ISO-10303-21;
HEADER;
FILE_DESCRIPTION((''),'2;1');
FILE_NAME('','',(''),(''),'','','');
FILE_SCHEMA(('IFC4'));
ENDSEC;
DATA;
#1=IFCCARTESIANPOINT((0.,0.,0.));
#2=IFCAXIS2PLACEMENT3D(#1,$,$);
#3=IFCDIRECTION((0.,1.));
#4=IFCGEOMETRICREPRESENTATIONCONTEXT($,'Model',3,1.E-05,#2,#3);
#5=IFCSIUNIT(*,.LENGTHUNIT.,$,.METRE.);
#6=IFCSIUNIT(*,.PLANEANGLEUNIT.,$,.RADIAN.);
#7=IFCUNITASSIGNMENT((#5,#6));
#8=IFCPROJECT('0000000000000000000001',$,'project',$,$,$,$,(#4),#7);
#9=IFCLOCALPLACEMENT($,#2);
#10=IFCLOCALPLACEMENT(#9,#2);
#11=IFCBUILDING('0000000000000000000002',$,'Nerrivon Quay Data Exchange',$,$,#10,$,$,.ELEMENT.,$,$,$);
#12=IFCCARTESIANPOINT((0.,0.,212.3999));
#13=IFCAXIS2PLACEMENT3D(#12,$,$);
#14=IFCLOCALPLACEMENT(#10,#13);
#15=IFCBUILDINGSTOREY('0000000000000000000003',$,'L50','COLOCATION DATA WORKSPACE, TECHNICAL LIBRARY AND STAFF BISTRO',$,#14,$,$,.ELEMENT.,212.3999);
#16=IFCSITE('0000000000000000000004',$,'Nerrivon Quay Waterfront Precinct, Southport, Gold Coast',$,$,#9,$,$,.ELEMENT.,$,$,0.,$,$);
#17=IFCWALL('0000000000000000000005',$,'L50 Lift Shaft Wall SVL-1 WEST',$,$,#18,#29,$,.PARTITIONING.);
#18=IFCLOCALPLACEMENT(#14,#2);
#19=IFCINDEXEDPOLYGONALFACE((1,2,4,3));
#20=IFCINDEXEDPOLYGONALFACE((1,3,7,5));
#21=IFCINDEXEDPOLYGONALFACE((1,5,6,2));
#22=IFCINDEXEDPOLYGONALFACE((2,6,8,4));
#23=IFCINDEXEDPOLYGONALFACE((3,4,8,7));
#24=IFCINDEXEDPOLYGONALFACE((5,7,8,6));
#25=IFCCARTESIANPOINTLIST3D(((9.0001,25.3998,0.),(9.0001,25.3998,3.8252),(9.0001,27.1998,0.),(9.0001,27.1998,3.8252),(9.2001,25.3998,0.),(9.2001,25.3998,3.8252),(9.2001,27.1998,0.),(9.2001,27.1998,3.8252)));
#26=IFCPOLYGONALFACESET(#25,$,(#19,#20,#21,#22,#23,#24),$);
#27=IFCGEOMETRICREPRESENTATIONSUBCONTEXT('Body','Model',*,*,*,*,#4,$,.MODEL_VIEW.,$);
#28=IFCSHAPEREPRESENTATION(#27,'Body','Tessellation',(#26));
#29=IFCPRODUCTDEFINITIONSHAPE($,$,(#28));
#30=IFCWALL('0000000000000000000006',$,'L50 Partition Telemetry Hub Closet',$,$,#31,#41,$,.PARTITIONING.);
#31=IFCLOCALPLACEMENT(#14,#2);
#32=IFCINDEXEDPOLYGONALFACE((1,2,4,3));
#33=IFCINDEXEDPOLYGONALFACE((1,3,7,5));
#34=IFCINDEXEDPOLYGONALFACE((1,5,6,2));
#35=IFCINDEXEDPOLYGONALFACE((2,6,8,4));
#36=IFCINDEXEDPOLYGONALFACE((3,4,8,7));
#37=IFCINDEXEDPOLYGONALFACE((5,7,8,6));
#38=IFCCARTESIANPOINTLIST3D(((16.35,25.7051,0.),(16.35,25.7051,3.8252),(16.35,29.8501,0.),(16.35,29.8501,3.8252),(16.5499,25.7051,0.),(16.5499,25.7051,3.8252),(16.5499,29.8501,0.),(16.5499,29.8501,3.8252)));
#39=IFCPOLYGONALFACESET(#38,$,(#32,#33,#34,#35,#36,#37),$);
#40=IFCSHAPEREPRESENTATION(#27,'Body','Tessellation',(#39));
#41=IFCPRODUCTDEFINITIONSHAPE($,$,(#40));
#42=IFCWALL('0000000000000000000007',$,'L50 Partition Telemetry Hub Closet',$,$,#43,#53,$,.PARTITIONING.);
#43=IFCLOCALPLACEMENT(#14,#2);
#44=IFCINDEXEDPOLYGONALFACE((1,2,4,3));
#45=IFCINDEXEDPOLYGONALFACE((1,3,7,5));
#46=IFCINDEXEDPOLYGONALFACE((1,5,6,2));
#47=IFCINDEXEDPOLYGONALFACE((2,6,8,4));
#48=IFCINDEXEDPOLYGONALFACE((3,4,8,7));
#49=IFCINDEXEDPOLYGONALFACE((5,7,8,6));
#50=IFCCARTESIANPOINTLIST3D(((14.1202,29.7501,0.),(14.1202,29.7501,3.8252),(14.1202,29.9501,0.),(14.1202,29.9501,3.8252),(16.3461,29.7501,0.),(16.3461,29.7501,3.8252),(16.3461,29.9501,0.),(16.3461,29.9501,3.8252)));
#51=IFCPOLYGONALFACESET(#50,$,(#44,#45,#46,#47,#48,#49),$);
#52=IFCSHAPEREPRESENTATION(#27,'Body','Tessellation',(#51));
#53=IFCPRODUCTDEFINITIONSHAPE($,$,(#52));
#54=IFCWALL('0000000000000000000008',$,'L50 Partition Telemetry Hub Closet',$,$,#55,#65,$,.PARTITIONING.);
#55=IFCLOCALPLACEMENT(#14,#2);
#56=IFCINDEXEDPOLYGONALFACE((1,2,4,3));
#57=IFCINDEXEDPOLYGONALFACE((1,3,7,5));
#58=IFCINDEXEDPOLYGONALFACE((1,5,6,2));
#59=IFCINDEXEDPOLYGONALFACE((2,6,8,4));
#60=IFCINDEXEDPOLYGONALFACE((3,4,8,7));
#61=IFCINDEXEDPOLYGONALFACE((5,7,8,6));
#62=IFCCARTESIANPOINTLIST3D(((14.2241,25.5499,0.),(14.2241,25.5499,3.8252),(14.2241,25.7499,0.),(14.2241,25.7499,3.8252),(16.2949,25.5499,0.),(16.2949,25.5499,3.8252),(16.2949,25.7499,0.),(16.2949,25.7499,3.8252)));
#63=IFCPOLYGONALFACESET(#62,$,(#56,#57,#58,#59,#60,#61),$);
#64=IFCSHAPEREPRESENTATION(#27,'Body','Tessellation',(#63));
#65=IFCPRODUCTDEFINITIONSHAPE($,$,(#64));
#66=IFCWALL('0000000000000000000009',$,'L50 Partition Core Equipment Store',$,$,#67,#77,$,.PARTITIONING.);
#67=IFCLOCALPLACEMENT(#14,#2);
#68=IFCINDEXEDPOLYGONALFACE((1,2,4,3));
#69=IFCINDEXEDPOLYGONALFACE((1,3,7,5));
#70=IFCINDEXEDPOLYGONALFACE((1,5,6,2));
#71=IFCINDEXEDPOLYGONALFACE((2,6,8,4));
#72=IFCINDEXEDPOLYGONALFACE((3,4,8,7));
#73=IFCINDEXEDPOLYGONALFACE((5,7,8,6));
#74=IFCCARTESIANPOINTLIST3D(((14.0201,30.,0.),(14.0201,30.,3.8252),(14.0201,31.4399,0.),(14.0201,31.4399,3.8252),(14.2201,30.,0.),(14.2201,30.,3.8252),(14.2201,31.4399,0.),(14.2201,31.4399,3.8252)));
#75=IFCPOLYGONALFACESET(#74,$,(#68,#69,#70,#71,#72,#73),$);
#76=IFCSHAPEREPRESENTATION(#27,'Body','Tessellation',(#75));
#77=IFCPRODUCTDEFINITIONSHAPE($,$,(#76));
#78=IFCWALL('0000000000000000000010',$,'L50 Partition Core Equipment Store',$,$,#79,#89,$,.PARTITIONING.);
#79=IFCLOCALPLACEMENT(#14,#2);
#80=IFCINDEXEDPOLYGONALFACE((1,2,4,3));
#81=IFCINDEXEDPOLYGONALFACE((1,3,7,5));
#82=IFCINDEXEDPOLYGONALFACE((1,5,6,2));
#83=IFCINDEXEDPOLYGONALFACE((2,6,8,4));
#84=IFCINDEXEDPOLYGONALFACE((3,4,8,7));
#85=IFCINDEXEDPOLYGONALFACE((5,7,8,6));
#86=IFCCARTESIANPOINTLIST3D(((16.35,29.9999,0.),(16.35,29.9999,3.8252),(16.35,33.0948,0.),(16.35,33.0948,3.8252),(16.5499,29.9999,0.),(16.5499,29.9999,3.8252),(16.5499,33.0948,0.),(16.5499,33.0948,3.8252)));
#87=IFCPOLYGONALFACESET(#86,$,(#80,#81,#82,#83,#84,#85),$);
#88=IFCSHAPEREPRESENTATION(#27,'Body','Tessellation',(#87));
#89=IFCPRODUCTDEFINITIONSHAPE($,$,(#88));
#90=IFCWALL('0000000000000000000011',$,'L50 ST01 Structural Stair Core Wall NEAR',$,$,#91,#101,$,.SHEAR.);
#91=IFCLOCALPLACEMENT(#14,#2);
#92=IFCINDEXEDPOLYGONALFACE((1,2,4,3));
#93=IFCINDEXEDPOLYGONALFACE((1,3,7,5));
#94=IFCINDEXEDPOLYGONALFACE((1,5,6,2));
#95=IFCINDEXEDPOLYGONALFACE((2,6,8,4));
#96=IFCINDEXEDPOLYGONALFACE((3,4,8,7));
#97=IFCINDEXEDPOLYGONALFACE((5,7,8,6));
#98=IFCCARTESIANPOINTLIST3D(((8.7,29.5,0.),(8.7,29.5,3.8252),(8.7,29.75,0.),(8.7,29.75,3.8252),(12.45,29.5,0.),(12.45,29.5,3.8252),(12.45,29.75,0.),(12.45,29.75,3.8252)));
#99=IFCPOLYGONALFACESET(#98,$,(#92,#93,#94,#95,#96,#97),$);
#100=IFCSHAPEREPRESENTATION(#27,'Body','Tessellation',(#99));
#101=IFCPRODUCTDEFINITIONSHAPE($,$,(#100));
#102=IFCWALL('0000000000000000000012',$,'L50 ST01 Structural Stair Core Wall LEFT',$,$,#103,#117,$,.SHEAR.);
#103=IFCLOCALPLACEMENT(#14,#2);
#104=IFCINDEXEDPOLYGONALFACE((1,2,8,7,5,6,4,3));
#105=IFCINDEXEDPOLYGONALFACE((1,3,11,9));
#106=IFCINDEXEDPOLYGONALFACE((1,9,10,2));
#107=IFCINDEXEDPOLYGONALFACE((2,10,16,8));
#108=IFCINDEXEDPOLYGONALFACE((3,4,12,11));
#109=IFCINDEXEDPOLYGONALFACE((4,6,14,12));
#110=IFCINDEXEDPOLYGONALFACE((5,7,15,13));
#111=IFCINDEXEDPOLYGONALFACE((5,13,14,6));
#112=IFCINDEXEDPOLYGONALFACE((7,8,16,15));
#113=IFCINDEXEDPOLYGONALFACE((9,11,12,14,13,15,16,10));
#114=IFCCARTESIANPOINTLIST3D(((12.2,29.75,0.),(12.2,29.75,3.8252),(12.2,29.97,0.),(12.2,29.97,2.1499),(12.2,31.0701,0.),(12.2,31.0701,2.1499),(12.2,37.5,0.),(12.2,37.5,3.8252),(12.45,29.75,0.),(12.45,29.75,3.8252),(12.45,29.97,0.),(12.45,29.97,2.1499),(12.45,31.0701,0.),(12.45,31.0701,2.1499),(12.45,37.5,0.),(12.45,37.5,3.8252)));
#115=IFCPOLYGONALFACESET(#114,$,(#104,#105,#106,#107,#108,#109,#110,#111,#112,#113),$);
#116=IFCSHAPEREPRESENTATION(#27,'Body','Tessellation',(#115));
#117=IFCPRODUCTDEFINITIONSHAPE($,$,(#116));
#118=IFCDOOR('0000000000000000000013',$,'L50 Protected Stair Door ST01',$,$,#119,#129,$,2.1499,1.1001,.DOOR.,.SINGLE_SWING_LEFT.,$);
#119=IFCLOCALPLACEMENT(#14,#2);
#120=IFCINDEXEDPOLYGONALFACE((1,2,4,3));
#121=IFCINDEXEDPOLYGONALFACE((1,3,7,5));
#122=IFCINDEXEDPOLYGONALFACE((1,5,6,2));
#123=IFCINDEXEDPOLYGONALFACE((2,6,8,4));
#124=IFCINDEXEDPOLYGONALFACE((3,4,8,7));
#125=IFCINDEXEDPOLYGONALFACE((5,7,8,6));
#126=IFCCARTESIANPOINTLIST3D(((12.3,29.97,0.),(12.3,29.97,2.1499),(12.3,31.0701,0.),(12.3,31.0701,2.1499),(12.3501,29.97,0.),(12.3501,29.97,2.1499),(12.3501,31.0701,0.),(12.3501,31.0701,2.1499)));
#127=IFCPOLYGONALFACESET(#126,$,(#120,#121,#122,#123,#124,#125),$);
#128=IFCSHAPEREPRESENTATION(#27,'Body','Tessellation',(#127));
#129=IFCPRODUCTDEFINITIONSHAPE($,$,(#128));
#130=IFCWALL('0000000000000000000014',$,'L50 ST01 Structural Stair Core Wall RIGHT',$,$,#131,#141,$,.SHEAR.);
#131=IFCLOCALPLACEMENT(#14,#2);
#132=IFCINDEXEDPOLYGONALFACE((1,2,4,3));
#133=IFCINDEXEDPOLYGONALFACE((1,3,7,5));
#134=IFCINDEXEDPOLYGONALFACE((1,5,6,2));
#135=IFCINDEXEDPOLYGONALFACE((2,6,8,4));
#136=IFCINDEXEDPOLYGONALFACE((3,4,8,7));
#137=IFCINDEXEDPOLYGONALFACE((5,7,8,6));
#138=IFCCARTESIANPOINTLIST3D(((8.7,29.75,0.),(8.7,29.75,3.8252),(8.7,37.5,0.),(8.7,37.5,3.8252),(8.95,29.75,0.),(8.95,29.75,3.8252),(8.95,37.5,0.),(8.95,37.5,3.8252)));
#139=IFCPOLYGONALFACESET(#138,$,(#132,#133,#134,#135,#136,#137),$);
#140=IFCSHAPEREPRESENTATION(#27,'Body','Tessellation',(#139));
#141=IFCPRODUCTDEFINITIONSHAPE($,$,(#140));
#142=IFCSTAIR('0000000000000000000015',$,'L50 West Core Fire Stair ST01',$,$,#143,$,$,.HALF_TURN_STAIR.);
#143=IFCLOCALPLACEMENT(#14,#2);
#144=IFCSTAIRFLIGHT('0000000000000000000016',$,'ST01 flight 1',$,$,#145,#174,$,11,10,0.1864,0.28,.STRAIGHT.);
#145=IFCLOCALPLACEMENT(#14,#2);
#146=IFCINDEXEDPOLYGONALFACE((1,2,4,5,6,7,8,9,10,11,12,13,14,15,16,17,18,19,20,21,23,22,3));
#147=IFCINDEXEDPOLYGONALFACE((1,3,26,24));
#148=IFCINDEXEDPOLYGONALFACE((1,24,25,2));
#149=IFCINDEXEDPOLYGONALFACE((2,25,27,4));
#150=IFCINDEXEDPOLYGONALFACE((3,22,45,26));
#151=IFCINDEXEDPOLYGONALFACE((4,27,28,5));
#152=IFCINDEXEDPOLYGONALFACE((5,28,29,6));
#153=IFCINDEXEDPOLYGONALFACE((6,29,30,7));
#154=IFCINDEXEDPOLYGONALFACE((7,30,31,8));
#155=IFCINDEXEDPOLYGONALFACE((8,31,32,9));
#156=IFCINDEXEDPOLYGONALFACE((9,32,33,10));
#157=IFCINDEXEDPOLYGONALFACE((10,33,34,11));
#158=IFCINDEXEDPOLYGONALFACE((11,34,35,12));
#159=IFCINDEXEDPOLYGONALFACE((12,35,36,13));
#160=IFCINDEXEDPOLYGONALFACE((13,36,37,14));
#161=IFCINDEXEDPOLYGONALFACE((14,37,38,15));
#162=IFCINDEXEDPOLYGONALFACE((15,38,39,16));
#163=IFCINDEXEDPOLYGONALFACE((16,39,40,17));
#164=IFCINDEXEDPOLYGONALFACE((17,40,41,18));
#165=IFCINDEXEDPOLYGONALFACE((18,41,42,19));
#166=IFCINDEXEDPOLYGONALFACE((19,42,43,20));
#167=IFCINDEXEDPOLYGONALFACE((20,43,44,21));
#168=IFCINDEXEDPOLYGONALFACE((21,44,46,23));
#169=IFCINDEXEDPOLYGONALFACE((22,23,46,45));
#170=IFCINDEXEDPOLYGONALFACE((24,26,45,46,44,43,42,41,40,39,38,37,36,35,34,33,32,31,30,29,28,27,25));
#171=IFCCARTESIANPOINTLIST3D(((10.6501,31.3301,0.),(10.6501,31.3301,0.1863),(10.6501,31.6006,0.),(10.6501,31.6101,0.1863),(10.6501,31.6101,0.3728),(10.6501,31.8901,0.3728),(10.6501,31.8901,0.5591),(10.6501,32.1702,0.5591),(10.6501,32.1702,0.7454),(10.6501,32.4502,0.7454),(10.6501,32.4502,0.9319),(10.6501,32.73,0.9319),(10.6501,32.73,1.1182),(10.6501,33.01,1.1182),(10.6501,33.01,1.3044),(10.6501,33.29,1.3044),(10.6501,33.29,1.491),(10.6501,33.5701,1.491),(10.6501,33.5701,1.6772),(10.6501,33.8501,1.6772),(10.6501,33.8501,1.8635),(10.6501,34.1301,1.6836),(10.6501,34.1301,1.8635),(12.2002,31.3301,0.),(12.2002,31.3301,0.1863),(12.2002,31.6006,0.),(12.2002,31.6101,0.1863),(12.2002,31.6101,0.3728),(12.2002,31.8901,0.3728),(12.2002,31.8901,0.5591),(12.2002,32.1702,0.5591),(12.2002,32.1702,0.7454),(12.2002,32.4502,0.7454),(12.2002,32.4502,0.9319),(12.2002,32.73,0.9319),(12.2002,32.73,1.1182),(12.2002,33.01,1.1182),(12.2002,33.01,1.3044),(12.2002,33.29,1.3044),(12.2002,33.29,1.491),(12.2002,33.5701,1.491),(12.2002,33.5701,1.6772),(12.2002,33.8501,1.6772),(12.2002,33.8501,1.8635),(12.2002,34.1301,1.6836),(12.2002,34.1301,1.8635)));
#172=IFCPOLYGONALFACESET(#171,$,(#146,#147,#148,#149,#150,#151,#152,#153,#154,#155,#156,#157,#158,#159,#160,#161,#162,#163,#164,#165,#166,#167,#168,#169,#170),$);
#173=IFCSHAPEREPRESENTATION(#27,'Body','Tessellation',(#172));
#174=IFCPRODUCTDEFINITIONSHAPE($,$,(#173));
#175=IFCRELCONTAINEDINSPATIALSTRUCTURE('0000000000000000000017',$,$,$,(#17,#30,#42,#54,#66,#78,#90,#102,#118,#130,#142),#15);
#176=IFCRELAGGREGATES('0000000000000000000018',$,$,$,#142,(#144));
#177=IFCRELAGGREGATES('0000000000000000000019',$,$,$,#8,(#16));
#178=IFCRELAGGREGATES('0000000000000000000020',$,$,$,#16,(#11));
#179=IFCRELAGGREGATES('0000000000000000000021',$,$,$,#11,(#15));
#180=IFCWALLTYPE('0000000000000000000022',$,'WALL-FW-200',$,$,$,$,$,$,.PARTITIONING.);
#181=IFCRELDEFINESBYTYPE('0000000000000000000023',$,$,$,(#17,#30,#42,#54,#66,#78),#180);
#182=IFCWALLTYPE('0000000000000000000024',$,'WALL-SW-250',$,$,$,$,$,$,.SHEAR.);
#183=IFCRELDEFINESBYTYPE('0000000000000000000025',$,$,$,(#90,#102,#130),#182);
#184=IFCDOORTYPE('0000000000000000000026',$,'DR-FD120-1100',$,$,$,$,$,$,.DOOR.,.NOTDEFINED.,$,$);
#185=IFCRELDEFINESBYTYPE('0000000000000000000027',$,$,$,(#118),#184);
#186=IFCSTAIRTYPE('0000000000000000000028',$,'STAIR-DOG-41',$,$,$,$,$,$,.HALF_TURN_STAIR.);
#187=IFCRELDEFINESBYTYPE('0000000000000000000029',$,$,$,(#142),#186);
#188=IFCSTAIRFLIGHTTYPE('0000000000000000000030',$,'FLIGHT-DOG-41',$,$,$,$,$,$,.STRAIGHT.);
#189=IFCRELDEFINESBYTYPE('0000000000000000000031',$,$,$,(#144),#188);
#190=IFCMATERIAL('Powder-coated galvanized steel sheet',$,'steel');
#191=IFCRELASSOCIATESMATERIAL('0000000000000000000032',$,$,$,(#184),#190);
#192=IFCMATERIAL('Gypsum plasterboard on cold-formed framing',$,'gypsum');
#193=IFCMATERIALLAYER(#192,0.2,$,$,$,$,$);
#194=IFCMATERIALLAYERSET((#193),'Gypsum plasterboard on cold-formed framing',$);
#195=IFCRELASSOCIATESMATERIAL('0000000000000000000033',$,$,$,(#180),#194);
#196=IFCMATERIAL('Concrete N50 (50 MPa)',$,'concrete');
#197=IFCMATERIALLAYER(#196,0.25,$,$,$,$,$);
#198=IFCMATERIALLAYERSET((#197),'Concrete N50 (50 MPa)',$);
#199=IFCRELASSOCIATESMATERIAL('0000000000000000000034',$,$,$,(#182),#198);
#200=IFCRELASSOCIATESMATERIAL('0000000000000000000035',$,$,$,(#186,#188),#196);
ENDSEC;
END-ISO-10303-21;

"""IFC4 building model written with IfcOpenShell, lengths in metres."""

from ifc_helpers import new_model, si_unit, direction, frame, frame_2d, origin, place, context, subcontext, project, spatial, polyline, rectangle, outline, extrude, material, layer, layer_set, type_object, element, fill, aggregate, save


model = new_model("IFC4")

# Units and contexts
model_context = context("Model", 3, precision=1e-05, world=origin(), true_north=direction((0.0, 1.0)))
body_context = subcontext(model_context, "Body", "Model", "MODEL_VIEW")
ifc_project = project(units=[si_unit("LENGTHUNIT", "METRE"), si_unit("PLANEANGLEUNIT", "RADIAN")], contexts=[model_context])

# Site, building, storey
site_placement = place(None, origin())
site = spatial("IfcSite", under=ifc_project, at=site_placement, Name="Nerrivon Quay Waterfront Precinct, Southport, Gold Coast", CompositionType="ELEMENT", RefElevation=0.0)
building_placement = place(site_placement, origin())
building = spatial("IfcBuilding", under=site, at=building_placement, Name="Nerrivon Quay Data Exchange", CompositionType="ELEMENT")
storey_placement = place(building_placement, frame((0.0, 0.0, 212.3999)))
storey = spatial("IfcBuildingStorey", under=building, at=storey_placement, Name="L50", Description="COLOCATION DATA WORKSPACE, TECHNICAL LIBRARY AND STAFF BISTRO", CompositionType="ELEMENT", Elevation=212.3999)

# Shared definitions
ifc_material_1 = material(Name="Powder-coated galvanized steel sheet", Category="steel")
door_type_1 = type_object("IfcDoorType", Name="DR-FD120-1100", OperationType="NOTDEFINED", PredefinedType="DOOR", material=ifc_material_1)
ifc_material_2 = material(Name="Gypsum plasterboard on cold-formed framing", Category="gypsum")
ifc_layer_1 = layer(ifc_material_2, 0.2)
ifc_layer_set_1 = layer_set([ifc_layer_1], Name="Gypsum plasterboard on cold-formed framing")
wall_type_1 = type_object("IfcWallType", Name="WALL-FW-200", PredefinedType="PARTITIONING", material=ifc_layer_set_1)

# Walls
wall_1_placement = place(storey_placement, frame((9.1001, 25.3999, 0.0), z_axis=(0.0, 0.0, 1.0), x_axis=(0.0, 1.0, 0.0)))
element("IfcWall", 1, at=wall_1_placement, inside=storey, type_object=wall_type_1, Name="L50 Lift Shaft Wall SVL-1 WEST", PredefinedType="PARTITIONING", context=body_context, shape_type="SweptSolid", body=[
    extrude(rectangle(XDim=1.8, YDim=0.2, at=frame_2d((0.8999, 0.0))), origin(), (0.0, 0.0, 1.0), 3.8252),
])
wall_2_placement = place(storey_placement, frame((16.45, 25.7051, 0.0), z_axis=(0.0, 0.0, 1.0), x_axis=(0.0, 1.0, 0.0)))
element("IfcWall", 2, at=wall_2_placement, inside=storey, type_object=wall_type_1, Name="L50 Partition Telemetry Hub Closet", PredefinedType="PARTITIONING", context=body_context, shape_type="SweptSolid", body=[
    extrude(rectangle(XDim=4.145, YDim=0.2, at=frame_2d((2.0725, 0.0))), origin(), (0.0, 0.0, 1.0), 3.8252),
])
wall_3_placement = place(storey_placement, frame((16.3459, 29.8501, 0.0), z_axis=(0.0, 0.0, 1.0), x_axis=(-1.0, 0.0, 0.0)))
element("IfcWall", 3, at=wall_3_placement, inside=storey, type_object=wall_type_1, Name="L50 Partition Telemetry Hub Closet", PredefinedType="PARTITIONING", context=body_context, shape_type="SweptSolid", body=[
    extrude(rectangle(XDim=2.2258, YDim=0.2, at=frame_2d((1.1128, 0.0))), origin(), (0.0, 0.0, 1.0), 3.8252),
])

# Walls
wall_4_placement = place(storey_placement, frame((14.2241, 25.6499, 0.0), z_axis=(0.0, 0.0, 1.0), x_axis=(1.0, 0.0, 0.0)))
element("IfcWall", 4, at=wall_4_placement, inside=storey, type_object=wall_type_1, Name="L50 Partition Telemetry Hub Closet", PredefinedType="PARTITIONING", context=body_context, shape_type="SweptSolid", body=[
    extrude(rectangle(XDim=2.0708, YDim=0.2, at=frame_2d((1.0354, 0.0))), origin(), (0.0, 0.0, 1.0), 3.8252),
])
wall_5_placement = place(storey_placement, frame((14.1201, 31.4399, 0.0), z_axis=(0.0, 0.0, 1.0), x_axis=(0.0, -1.0, 0.0)))
element("IfcWall", 5, at=wall_5_placement, inside=storey, type_object=wall_type_1, Name="L50 Partition Core Equipment Store", PredefinedType="PARTITIONING", context=body_context, shape_type="SweptSolid", body=[
    extrude(rectangle(XDim=1.4399, YDim=0.2, at=frame_2d((0.72, 0.0))), origin(), (0.0, 0.0, 1.0), 3.8252),
])
wall_6_placement = place(storey_placement, frame((16.45, 30.0, 0.0), z_axis=(0.0, 0.0, 1.0), x_axis=(0.0, 1.0, 0.0)))
element("IfcWall", 6, at=wall_6_placement, inside=storey, type_object=wall_type_1, Name="L50 Partition Core Equipment Store", PredefinedType="PARTITIONING", context=body_context, shape_type="SweptSolid", body=[
    extrude(rectangle(XDim=3.095, YDim=0.2, at=frame_2d((1.5474, 0.0))), origin(), (0.0, 0.0, 1.0), 3.8252),
])

# Wall
ifc_material_3 = material(Name="Concrete N50 (50 MPa)", Category="concrete")
ifc_layer_2 = layer(ifc_material_3, 0.25)
ifc_layer_set_2 = layer_set([ifc_layer_2], Name="Concrete N50 (50 MPa)")
wall_type_2 = type_object("IfcWallType", Name="WALL-SW-250", PredefinedType="SHEAR", material=ifc_layer_set_2)
wall_7_placement = place(storey_placement, frame((12.45, 29.625, 0.0), z_axis=(0.0, 0.0, 1.0), x_axis=(-1.0, 0.0, 0.0)))
element("IfcWall", 7, at=wall_7_placement, inside=storey, type_object=wall_type_2, Name="L50 ST01 Structural Stair Core Wall NEAR", PredefinedType="SHEAR", context=body_context, shape_type="SweptSolid", body=[
    extrude(rectangle(XDim=3.75, YDim=0.25, at=frame_2d((1.875, 0.0))), origin(), (0.0, 0.0, 1.0), 3.8252),
])

# Wall, opening, door
wall_8_placement = place(storey_placement, frame((12.325, 29.75, 0.0), z_axis=(0.0, 0.0, 1.0), x_axis=(0.0, 1.0, 0.0)))
wall_8 = element("IfcWall", 8, at=wall_8_placement, inside=storey, type_object=wall_type_2, Name="L50 ST01 Structural Stair Core Wall LEFT", PredefinedType="SHEAR", context=body_context, shape_type="SweptSolid", body=[
    extrude(rectangle(XDim=7.75, YDim=0.25, at=frame_2d((3.875, 0.0))), origin(), (0.0, 0.0, 1.0), 3.8252),
])
opening_1_placement = place(wall_8_placement, frame((0.22, 0.0, 0.0)))
opening_1 = element("IfcOpeningElement", 9, at=opening_1_placement, cuts=wall_8, PredefinedType="OPENING", context=body_context, shape_type="SweptSolid", body=[
    extrude(rectangle(XDim=1.1001, YDim=2.1499, at=frame_2d((0.55, 1.075))), frame((0.0, 0.135, 0.0), z_axis=(0.0, -1.0, 0.0), x_axis=(1.0, 0.0, 0.0)), (0.0, 0.0, 1.0), 0.27),
])
door_1_placement = place(opening_1_placement, origin())
door_1 = element("IfcDoor", 10, at=door_1_placement, inside=storey, type_object=door_type_1, Name="L50 Protected Stair Door ST01", OperationType="SINGLE_SWING_LEFT", OverallHeight=2.1499, OverallWidth=1.1001, PredefinedType="DOOR", context=body_context, shape_type="SweptSolid", body=[
    extrude(rectangle(XDim=1.1001, YDim=2.1499, at=frame_2d((0.55, 1.075))), frame((0.0, 0.0249, 0.0), z_axis=(0.0, -1.0, 0.0), x_axis=(1.0, 0.0, 0.0)), (0.0, 0.0, 1.0), 0.05),
])
fill(opening_1, door_1)

# Wall
wall_9_placement = place(storey_placement, frame((8.825, 29.75, 0.0), z_axis=(0.0, 0.0, 1.0), x_axis=(0.0, 1.0, 0.0)))
element("IfcWall", 11, at=wall_9_placement, inside=storey, type_object=wall_type_2, Name="L50 ST01 Structural Stair Core Wall RIGHT", PredefinedType="SHEAR", context=body_context, shape_type="SweptSolid", body=[
    extrude(rectangle(XDim=7.75, YDim=0.25, at=frame_2d((3.875, 0.0))), origin(), (0.0, 0.0, 1.0), 3.8252),
])

# Stair, stair flight
stair_type = type_object("IfcStairType", Name="STAIR-DOG-41", PredefinedType="HALF_TURN_STAIR", material=ifc_material_3)
stair_placement = place(storey_placement, origin())
stair = element("IfcStair", 12, at=stair_placement, inside=storey, type_object=stair_type, Name="L50 West Core Fire Stair ST01", PredefinedType="HALF_TURN_STAIR")
stair_flight_type = type_object("IfcStairFlightType", Name="FLIGHT-DOG-41", PredefinedType="STRAIGHT", material=ifc_material_3)
stair_flight_placement = place(storey_placement, frame((11.425, 31.3301, 0.0), z_axis=(0.0, 0.0, 1.0), x_axis=(0.0, 1.0, 0.0)))
stair_flight = element("IfcStairFlight", 13, at=stair_flight_placement, type_object=stair_flight_type, Name="ST01 flight 1", NumberOfRisers=11, NumberOfTreads=10, PredefinedType="STRAIGHT", RiserHeight=0.1864, TreadLength=0.28, context=body_context, shape_type="SweptSolid", body=[
    extrude(outline(polyline([(0.0, 0.0), (0.0, 0.1863), (0.28, 0.1863), (0.28, 0.3728), (0.5601, 0.3728), (0.5601, 0.5591), (0.8401, 0.5591), (0.8401, 0.7454), (1.1201, 0.7454), (1.1201, 0.9319), (1.3999, 0.9319), (1.3999, 1.1182), (1.6799, 1.1182), (1.6799, 1.3044), (1.96, 1.3044), (1.96, 1.491), (2.24, 1.491), (2.24, 1.6772), (2.52, 1.6772), (2.52, 1.8635), (2.8, 1.8635), (2.8, 2.05), (2.8, 1.6836), (0.2705, 0.0), (0.0, 0.0)])), frame((0.0, 0.7749, 0.0), z_axis=(0.0, -1.0, 0.0), x_axis=(1.0, 0.0, 0.0)), (0.0, 0.0, 1.0), 1.55),
])
aggregate(stair, [stair_flight])

save(model, "model.ifc")
